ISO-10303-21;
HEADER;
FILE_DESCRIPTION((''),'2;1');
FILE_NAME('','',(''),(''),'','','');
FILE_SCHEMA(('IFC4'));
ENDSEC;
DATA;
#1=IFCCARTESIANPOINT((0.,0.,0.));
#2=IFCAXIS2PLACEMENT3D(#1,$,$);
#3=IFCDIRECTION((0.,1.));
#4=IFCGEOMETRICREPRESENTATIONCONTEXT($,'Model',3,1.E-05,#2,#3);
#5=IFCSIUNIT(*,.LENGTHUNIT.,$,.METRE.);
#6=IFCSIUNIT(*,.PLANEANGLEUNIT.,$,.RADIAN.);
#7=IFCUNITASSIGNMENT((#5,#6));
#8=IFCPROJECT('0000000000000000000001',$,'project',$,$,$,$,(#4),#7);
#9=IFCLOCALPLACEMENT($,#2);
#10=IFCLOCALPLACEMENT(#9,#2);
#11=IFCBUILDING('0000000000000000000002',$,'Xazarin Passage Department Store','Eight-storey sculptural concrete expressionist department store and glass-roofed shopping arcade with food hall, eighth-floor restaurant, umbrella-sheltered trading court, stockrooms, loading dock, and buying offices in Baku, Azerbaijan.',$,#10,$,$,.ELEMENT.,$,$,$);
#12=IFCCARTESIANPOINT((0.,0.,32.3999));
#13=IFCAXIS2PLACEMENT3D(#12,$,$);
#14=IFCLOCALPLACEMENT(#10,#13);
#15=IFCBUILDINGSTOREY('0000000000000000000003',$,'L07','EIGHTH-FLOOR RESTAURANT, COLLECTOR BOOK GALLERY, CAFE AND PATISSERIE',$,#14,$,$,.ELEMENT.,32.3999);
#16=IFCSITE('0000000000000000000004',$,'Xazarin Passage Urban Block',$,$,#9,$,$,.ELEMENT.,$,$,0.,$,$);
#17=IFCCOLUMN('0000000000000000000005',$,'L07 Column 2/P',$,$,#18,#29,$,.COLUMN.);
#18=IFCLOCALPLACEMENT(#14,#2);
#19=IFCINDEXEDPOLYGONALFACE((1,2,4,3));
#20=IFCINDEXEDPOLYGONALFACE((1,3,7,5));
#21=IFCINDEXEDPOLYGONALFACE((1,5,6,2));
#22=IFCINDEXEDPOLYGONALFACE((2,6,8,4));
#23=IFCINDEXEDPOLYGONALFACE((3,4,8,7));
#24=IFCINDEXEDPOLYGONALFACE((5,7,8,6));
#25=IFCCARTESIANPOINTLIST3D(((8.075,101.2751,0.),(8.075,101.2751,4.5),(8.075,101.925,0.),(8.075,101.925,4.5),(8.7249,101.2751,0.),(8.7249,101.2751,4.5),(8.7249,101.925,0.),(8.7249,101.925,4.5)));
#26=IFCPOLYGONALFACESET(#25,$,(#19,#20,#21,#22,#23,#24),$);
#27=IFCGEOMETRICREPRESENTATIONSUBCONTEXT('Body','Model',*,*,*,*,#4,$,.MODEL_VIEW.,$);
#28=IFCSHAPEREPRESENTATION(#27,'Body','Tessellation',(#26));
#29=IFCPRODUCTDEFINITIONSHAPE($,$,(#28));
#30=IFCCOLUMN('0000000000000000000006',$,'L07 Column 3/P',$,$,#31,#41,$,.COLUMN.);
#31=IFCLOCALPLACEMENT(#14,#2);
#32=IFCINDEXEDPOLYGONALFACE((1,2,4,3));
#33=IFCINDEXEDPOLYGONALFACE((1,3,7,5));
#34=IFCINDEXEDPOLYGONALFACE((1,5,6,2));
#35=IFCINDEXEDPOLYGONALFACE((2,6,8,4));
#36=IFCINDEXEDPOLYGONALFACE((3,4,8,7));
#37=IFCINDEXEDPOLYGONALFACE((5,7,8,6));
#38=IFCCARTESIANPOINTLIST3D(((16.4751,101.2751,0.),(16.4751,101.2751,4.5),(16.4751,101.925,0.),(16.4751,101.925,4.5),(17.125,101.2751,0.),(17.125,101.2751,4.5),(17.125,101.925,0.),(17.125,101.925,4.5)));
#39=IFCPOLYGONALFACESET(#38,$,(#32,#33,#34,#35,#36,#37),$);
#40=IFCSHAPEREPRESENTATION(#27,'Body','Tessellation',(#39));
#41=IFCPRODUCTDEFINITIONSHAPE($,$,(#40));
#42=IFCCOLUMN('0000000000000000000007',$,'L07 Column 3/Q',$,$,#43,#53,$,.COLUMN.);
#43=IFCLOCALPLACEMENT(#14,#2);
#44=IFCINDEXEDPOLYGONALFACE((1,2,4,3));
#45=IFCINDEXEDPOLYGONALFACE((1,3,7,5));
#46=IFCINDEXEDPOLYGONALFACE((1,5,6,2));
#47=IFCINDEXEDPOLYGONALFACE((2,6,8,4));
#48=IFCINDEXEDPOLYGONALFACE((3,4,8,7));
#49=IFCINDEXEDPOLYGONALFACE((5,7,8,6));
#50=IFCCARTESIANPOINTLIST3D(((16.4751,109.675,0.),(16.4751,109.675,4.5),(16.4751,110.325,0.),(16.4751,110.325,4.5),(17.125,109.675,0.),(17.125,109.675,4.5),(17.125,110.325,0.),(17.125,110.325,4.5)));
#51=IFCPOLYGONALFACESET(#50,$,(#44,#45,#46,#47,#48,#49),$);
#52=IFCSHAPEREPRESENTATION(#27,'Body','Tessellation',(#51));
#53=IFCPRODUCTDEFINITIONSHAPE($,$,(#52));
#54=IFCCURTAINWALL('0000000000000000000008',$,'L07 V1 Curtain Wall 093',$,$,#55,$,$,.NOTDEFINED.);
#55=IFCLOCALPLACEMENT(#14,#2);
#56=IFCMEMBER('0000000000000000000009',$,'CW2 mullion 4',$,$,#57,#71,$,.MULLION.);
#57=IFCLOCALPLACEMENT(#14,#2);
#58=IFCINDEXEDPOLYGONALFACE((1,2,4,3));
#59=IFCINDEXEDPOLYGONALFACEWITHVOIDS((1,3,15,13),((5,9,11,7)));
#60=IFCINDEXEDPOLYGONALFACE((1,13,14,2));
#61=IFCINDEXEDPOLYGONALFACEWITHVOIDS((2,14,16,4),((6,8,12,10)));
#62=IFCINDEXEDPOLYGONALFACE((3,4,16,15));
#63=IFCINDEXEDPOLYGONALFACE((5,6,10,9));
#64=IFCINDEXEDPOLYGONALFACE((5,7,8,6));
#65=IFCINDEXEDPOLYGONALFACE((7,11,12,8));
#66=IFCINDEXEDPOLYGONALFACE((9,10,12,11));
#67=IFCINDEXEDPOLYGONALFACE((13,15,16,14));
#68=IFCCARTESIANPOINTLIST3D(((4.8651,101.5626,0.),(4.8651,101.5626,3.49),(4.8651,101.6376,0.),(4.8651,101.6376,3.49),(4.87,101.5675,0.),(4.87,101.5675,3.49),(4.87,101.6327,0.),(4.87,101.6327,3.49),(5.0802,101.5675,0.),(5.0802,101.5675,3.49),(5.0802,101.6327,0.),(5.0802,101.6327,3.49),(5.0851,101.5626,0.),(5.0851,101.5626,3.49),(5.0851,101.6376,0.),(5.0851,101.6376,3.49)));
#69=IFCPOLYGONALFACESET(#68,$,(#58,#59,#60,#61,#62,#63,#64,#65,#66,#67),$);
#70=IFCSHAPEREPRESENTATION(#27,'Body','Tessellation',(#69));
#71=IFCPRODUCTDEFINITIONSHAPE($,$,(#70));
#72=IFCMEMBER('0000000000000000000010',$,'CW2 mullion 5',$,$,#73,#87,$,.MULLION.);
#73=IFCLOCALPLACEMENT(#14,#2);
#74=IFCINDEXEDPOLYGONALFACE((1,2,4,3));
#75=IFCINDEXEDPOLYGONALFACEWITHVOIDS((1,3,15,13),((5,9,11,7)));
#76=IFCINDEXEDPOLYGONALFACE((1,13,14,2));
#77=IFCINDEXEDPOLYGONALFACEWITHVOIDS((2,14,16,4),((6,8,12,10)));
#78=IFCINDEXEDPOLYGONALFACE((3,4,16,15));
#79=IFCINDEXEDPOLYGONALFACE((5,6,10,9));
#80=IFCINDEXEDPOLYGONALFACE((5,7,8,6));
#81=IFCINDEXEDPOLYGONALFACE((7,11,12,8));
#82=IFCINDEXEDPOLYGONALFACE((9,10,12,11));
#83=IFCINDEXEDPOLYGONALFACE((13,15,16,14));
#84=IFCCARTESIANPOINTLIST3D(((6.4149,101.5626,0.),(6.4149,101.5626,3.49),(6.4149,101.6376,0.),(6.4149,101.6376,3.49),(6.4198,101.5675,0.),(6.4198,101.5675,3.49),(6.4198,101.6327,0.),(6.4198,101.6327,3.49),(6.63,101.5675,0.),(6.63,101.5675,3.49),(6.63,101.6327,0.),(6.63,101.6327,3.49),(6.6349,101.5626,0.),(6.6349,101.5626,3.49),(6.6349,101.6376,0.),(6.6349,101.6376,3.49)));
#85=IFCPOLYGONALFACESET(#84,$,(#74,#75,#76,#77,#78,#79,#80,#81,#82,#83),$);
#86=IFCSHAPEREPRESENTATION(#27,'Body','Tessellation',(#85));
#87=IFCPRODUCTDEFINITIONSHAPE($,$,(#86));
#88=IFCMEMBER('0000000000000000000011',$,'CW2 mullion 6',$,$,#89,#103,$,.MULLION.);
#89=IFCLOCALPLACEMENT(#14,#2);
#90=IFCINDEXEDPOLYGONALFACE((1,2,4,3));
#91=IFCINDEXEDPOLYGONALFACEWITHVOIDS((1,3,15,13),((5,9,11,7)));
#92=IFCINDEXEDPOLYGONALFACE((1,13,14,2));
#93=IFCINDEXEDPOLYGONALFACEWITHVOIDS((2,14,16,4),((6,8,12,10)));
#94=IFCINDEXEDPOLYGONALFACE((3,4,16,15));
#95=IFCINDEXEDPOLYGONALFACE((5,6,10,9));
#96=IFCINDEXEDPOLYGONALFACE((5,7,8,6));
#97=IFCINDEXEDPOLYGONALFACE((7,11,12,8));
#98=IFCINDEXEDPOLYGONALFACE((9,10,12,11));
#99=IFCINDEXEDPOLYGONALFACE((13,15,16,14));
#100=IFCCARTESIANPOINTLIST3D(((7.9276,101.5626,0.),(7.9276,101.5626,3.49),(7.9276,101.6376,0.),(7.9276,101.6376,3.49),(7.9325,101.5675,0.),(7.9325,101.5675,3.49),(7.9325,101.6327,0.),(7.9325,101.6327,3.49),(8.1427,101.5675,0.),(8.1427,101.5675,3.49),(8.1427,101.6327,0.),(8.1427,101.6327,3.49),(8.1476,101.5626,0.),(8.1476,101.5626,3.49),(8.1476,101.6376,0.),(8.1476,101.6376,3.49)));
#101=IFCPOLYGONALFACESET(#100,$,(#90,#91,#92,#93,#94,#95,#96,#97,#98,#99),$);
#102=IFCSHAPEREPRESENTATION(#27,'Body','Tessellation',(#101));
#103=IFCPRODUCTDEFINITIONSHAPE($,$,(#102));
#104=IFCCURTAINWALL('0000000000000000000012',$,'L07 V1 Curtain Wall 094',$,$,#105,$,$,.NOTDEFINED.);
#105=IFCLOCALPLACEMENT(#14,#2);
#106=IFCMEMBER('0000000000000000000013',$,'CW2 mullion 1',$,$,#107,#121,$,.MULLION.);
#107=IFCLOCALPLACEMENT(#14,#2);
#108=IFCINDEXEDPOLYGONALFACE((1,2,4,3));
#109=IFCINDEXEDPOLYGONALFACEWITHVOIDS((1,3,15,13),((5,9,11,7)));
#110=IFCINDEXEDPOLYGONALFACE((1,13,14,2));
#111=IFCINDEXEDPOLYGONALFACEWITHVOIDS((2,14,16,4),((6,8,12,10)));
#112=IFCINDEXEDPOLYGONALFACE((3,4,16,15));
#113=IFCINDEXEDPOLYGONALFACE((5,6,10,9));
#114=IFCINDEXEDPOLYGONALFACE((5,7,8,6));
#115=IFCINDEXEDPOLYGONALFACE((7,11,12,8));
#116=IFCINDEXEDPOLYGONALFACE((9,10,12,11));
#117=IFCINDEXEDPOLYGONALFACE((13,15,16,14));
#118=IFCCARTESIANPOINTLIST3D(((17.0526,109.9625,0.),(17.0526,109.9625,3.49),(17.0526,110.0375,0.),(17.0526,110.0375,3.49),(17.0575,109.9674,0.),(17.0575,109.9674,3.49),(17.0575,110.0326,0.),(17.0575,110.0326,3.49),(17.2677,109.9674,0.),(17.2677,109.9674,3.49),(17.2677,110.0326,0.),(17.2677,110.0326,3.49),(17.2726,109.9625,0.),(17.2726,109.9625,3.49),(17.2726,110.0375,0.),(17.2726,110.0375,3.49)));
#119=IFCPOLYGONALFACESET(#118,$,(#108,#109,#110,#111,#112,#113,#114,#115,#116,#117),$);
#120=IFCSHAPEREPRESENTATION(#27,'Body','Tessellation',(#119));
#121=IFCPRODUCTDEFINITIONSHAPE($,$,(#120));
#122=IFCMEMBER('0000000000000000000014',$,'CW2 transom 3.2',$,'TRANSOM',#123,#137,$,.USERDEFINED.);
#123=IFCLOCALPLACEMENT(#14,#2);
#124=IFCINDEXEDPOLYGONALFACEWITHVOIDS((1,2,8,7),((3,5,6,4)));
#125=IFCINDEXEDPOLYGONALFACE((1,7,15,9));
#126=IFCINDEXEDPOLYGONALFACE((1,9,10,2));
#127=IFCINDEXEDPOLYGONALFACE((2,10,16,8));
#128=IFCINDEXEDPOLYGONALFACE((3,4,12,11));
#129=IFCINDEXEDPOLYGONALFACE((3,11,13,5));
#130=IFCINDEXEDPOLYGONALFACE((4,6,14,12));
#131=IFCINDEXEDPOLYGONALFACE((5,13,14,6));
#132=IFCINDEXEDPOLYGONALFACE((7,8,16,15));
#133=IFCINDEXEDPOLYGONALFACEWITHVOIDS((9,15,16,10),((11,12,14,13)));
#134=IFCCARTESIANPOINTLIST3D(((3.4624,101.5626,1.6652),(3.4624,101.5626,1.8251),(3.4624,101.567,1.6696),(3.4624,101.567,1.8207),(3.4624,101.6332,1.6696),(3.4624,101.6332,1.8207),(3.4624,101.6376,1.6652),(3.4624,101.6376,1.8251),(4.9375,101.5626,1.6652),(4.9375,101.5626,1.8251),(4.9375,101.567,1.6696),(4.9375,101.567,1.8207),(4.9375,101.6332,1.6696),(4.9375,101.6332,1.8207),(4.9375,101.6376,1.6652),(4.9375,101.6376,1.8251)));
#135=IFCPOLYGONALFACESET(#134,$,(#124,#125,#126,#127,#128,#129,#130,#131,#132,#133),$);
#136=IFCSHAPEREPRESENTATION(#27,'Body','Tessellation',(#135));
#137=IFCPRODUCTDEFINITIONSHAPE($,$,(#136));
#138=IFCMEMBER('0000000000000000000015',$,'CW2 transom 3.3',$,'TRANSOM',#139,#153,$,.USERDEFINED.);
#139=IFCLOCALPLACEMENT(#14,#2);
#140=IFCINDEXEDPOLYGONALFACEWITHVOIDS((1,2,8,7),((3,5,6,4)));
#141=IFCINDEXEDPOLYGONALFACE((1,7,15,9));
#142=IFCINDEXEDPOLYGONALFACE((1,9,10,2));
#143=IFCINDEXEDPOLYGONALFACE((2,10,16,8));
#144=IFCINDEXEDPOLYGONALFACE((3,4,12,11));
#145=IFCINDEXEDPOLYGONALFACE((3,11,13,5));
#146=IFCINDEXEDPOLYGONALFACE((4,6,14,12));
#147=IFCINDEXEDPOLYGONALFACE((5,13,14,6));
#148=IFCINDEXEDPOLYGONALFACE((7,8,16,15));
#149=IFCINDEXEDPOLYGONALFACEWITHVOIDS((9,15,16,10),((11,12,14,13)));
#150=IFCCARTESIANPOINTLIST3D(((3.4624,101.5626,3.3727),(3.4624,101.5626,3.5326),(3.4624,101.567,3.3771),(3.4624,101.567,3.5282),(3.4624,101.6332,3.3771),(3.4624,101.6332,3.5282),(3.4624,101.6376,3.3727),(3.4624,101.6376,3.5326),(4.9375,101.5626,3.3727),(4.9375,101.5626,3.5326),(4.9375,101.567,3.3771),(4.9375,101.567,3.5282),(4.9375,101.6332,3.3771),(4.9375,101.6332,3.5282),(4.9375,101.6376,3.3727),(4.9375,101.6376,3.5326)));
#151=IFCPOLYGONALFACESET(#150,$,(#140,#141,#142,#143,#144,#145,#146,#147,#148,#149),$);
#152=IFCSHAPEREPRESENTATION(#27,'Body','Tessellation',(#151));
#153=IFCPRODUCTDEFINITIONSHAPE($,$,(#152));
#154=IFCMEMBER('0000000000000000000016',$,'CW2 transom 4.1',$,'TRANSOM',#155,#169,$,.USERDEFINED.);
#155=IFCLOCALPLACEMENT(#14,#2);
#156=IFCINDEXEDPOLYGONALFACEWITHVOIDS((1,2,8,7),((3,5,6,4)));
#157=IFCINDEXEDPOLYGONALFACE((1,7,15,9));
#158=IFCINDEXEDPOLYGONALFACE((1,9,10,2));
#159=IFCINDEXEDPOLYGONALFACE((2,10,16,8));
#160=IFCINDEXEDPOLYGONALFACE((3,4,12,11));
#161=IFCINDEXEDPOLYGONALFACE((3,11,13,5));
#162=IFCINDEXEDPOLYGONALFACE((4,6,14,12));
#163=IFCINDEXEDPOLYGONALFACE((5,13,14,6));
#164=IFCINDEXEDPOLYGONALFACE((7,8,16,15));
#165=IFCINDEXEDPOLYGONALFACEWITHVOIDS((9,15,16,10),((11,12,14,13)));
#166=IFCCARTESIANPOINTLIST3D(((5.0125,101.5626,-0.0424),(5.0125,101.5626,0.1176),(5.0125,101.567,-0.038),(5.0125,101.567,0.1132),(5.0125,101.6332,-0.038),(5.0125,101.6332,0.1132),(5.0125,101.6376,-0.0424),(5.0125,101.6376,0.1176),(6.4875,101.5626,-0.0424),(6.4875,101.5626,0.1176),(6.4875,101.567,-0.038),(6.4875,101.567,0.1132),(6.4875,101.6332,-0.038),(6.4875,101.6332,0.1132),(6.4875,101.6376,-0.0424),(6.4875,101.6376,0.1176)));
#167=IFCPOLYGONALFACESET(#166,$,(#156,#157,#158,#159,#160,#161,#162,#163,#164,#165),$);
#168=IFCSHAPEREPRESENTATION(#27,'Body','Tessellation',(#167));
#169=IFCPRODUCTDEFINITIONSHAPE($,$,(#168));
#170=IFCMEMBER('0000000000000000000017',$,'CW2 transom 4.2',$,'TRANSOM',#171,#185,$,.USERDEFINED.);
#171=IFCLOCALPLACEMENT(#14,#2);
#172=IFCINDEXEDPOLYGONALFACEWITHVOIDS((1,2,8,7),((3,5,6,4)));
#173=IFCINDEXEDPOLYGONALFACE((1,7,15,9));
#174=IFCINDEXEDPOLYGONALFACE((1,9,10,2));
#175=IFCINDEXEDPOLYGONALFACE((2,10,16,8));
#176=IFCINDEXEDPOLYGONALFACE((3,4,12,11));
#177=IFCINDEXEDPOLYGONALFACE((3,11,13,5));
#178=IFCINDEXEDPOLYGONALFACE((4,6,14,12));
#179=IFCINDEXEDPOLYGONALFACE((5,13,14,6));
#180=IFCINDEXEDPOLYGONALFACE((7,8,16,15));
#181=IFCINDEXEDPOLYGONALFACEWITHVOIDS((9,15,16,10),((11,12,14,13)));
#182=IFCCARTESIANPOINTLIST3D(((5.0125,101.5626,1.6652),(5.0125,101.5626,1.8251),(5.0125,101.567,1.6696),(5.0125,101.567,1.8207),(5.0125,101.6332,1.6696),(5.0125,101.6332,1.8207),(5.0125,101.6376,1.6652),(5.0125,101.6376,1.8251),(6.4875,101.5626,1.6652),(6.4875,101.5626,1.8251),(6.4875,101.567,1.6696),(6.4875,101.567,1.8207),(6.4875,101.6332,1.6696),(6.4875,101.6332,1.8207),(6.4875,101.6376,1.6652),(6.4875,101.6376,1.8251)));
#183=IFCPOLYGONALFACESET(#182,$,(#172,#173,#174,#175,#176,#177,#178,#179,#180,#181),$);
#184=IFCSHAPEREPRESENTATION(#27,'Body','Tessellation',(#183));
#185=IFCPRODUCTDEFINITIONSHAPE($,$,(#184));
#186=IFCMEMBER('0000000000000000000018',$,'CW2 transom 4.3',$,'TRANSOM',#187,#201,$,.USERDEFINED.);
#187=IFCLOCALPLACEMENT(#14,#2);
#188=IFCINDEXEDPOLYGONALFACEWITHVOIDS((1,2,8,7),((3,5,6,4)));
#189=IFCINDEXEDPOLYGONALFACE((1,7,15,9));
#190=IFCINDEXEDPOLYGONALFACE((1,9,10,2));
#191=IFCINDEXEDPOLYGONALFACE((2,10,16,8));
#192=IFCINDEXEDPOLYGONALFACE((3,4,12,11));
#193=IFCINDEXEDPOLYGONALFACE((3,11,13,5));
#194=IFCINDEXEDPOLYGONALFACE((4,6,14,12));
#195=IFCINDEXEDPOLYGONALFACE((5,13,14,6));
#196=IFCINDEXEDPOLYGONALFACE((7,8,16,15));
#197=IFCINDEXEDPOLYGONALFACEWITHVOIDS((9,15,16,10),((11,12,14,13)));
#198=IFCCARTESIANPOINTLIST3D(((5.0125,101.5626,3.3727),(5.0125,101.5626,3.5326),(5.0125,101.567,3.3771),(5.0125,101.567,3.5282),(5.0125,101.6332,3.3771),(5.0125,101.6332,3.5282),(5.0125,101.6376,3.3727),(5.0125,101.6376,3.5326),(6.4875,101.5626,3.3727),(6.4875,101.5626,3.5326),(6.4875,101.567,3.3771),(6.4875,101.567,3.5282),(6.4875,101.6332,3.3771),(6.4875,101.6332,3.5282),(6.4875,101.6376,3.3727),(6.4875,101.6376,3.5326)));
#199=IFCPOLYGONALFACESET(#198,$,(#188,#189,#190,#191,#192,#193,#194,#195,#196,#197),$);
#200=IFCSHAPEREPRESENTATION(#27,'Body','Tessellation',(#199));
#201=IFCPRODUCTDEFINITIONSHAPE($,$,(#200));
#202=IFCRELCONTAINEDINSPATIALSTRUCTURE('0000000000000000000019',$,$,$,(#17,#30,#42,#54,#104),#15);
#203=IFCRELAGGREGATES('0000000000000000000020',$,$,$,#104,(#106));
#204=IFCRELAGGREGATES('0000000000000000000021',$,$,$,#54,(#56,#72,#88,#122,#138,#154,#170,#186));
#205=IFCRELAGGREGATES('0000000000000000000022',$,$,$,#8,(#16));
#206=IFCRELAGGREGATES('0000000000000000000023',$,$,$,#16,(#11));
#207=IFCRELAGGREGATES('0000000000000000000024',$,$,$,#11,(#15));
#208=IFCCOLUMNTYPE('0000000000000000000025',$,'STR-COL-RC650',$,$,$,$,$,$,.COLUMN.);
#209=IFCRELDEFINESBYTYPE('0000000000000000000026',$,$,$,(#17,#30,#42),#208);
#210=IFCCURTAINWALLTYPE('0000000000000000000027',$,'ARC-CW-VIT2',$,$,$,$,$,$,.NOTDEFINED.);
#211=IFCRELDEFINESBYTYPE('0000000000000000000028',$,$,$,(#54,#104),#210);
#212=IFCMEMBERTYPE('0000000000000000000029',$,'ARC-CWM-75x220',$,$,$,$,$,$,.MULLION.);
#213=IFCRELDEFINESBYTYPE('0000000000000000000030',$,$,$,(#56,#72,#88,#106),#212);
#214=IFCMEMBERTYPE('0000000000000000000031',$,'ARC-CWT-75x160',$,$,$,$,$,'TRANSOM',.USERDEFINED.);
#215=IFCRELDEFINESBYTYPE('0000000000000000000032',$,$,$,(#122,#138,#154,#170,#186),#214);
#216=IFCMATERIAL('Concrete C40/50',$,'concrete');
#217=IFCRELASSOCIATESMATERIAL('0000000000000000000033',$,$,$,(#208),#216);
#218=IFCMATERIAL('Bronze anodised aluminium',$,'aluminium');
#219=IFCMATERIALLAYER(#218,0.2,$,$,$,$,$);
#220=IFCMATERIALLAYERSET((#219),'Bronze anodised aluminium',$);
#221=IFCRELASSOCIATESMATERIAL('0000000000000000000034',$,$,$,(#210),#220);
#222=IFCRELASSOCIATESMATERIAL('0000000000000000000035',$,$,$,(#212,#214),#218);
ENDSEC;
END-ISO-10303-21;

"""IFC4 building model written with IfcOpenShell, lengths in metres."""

from ifc_helpers import new_model, si_unit, direction, frame, origin, origin_2d, place, context, subcontext, project, spatial, rectangle, hollow_rectangle, extrude, material, layer, layer_set, material_profile, profile_set, type_object, element, aggregate, save


model = new_model("IFC4")

# Units and contexts
model_context = context("Model", 3, precision=1e-05, world=origin(), true_north=direction((0.0, 1.0)))
body_context = subcontext(model_context, "Body", "Model", "MODEL_VIEW")
ifc_project = project(units=[si_unit("LENGTHUNIT", "METRE"), si_unit("PLANEANGLEUNIT", "RADIAN")], contexts=[model_context])

# Site, building, storey
site_placement = place(None, origin())
site = spatial("IfcSite", under=ifc_project, at=site_placement, Name="Xazarin Passage Urban Block", CompositionType="ELEMENT", RefElevation=0.0)
building_placement = place(site_placement, origin())
building = spatial("IfcBuilding", under=site, at=building_placement, Name="Xazarin Passage Department Store", Description="Eight-storey sculptural concrete expressionist department store and glass-roofed shopping arcade with food hall, eighth-floor restaurant, umbrella-sheltered trading court, stockrooms, loading dock, and buying offices in Baku, Azerbaijan.", CompositionType="ELEMENT")
storey_placement = place(building_placement, frame((0.0, 0.0, 32.3999)))
storey = spatial("IfcBuildingStorey", under=building, at=storey_placement, Name="L07", Description="EIGHTH-FLOOR RESTAURANT, COLLECTOR BOOK GALLERY, CAFE AND PATISSERIE", CompositionType="ELEMENT", Elevation=32.3999)

# Columns
ifc_material_1 = material(Name="Concrete C40/50", Category="concrete")
ifc_material_profile_1 = material_profile(ifc_material_1, rectangle(XDim=0.6499, YDim=0.6499, at=origin_2d()), Name="RC 650x650")
ifc_profile_set_1 = profile_set([ifc_material_profile_1], Name="Concrete C40/50")
column_type = type_object("IfcColumnType", Name="STR-COL-RC650", PredefinedType="COLUMN", material=ifc_profile_set_1)
for number, where, z_axis, x_axis, name in (
    (1, (8.3999, 101.6001, 0.0), (0.0, 0.0, 1.0), (1.0, 0.0, 0.0), "L07 Column 2/P"),
    (2, (16.8, 101.6001, 0.0), (0.0, 0.0, 1.0), (1.0, 0.0, 0.0), "L07 Column 3/P"),
    (3, (16.8, 110.0, 0.0), (0.0, 0.0, 1.0), (1.0, 0.0, 0.0), "L07 Column 3/Q"),
):
    element("IfcColumn", number, at=place(storey_placement, frame(where, z_axis=z_axis, x_axis=x_axis)), inside=storey, type_object=column_type, Name=name, PredefinedType="COLUMN", context=body_context, shape_type="SweptSolid", body=[
        extrude(rectangle(XDim=0.6499, YDim=0.6499, at=origin_2d()), origin(), (0.0, 0.0, 1.0), 4.5),
    ])

# Curtain wall, members
ifc_material_2 = material(Name="Bronze anodised aluminium", Category="aluminium")
ifc_layer_1 = layer(ifc_material_2, 0.2)
ifc_layer_set_1 = layer_set([ifc_layer_1], Name="Bronze anodised aluminium")
curtain_wall_type = type_object("IfcCurtainWallType", Name="ARC-CW-VIT2", PredefinedType="NOTDEFINED", material=ifc_layer_set_1)
curtain_wall_1_placement = place(storey_placement, origin())
curtain_wall_1 = element("IfcCurtainWall", 4, at=curtain_wall_1_placement, inside=storey, type_object=curtain_wall_type, Name="L07 V1 Curtain Wall 093", PredefinedType="NOTDEFINED")
ifc_material_profile_2 = material_profile(ifc_material_2, hollow_rectangle(XDim=0.075, YDim=0.22, WallThickness=0.0049, at=origin_2d()), Name="ALU 75x220")
ifc_profile_set_2 = profile_set([ifc_material_profile_2], Name="Bronze anodised aluminium")
member_type_1 = type_object("IfcMemberType", Name="ARC-CWM-75x220", PredefinedType="MULLION", material=ifc_profile_set_2)
member_1_placement = place(storey_placement, frame((4.9751, 101.6001, 0.0), z_axis=(0.0, 0.0, 1.0), x_axis=(0.0, 1.0, 0.0)))
member_1 = element("IfcMember", 5, at=member_1_placement, type_object=member_type_1, Name="CW2 mullion 4", PredefinedType="MULLION", context=body_context, shape_type="SweptSolid", body=[
    extrude(hollow_rectangle(XDim=0.075, YDim=0.22, WallThickness=0.0049, at=origin_2d()), origin(), (0.0, 0.0, 1.0), 3.49),
])
member_2_placement = place(storey_placement, frame((6.5249, 101.6001, 0.0), z_axis=(0.0, 0.0, 1.0), x_axis=(0.0, 1.0, 0.0)))
member_2 = element("IfcMember", 6, at=member_2_placement, type_object=member_type_1, Name="CW2 mullion 5", PredefinedType="MULLION", context=body_context, shape_type="SweptSolid", body=[
    extrude(hollow_rectangle(XDim=0.075, YDim=0.22, WallThickness=0.0049, at=origin_2d()), origin(), (0.0, 0.0, 1.0), 3.49),
])
member_3_placement = place(storey_placement, frame((8.0376, 101.6001, 0.0), z_axis=(0.0, 0.0, 1.0), x_axis=(0.0, 1.0, 0.0)))
member_3 = element("IfcMember", 7, at=member_3_placement, type_object=member_type_1, Name="CW2 mullion 6", PredefinedType="MULLION", context=body_context, shape_type="SweptSolid", body=[
    extrude(hollow_rectangle(XDim=0.075, YDim=0.22, WallThickness=0.0049, at=origin_2d()), origin(), (0.0, 0.0, 1.0), 3.49),
])

# Curtain wall, member
curtain_wall_2_placement = place(storey_placement, origin())
curtain_wall_2 = element("IfcCurtainWall", 8, at=curtain_wall_2_placement, inside=storey, type_object=curtain_wall_type, Name="L07 V1 Curtain Wall 094", PredefinedType="NOTDEFINED")
member_4_placement = place(storey_placement, frame((17.1626, 110.0, 0.0), z_axis=(0.0, 0.0, 1.0), x_axis=(0.0, 1.0, 0.0)))
member_4 = element("IfcMember", 9, at=member_4_placement, type_object=member_type_1, Name="CW2 mullion 1", PredefinedType="MULLION", context=body_context, shape_type="SweptSolid", body=[
    extrude(hollow_rectangle(XDim=0.075, YDim=0.22, WallThickness=0.0049, at=origin_2d()), origin(), (0.0, 0.0, 1.0), 3.49),
])

# Members
ifc_material_profile_3 = material_profile(ifc_material_2, hollow_rectangle(XDim=0.075, YDim=0.1599, WallThickness=0.0044, at=origin_2d()), Name="ALU 75x160")
ifc_profile_set_3 = profile_set([ifc_material_profile_3], Name="Bronze anodised aluminium")
member_type_2 = type_object("IfcMemberType", Name="ARC-CWT-75x160", ElementType="TRANSOM", PredefinedType="USERDEFINED", material=ifc_profile_set_3)
member_5_placement = place(storey_placement, frame((3.4624, 101.6001, 1.7451), z_axis=(1.0, 0.0, 0.0), x_axis=(0.0, 1.0, 0.0)))
member_5 = element("IfcMember", 10, at=member_5_placement, type_object=member_type_2, Name="CW2 transom 3.2", ObjectType="TRANSOM", PredefinedType="USERDEFINED", context=body_context, shape_type="SweptSolid", body=[
    extrude(hollow_rectangle(XDim=0.075, YDim=0.1599, WallThickness=0.0044, at=origin_2d()), origin(), (0.0, 0.0, 1.0), 1.4751),
])
member_6_placement = place(storey_placement, frame((3.4624, 101.6001, 3.4526), z_axis=(1.0, 0.0, 0.0), x_axis=(0.0, 1.0, 0.0)))
member_6 = element("IfcMember", 11, at=member_6_placement, type_object=member_type_2, Name="CW2 transom 3.3", ObjectType="TRANSOM", PredefinedType="USERDEFINED", context=body_context, shape_type="SweptSolid", body=[
    extrude(hollow_rectangle(XDim=0.075, YDim=0.1599, WallThickness=0.0044, at=origin_2d()), origin(), (0.0, 0.0, 1.0), 1.4751),
])
member_7_placement = place(storey_placement, frame((5.0125, 101.6001, 0.0376), z_axis=(1.0, 0.0, 0.0), x_axis=(0.0, 1.0, 0.0)))
member_7 = element("IfcMember", 12, at=member_7_placement, type_object=member_type_2, Name="CW2 transom 4.1", ObjectType="TRANSOM", PredefinedType="USERDEFINED", context=body_context, shape_type="SweptSolid", body=[
    extrude(hollow_rectangle(XDim=0.075, YDim=0.1599, WallThickness=0.0044, at=origin_2d()), origin(), (0.0, 0.0, 1.0), 1.4751),
])
member_8_placement = place(storey_placement, frame((5.0125, 101.6001, 1.7451), z_axis=(1.0, 0.0, 0.0), x_axis=(0.0, 1.0, 0.0)))
member_8 = element("IfcMember", 13, at=member_8_placement, type_object=member_type_2, Name="CW2 transom 4.2", ObjectType="TRANSOM", PredefinedType="USERDEFINED", context=body_context, shape_type="SweptSolid", body=[
    extrude(hollow_rectangle(XDim=0.075, YDim=0.1599, WallThickness=0.0044, at=origin_2d()), origin(), (0.0, 0.0, 1.0), 1.4751),
])
member_9_placement = place(storey_placement, frame((5.0125, 101.6001, 3.4526), z_axis=(1.0, 0.0, 0.0), x_axis=(0.0, 1.0, 0.0)))
member_9 = element("IfcMember", 14, at=member_9_placement, type_object=member_type_2, Name="CW2 transom 4.3", ObjectType="TRANSOM", PredefinedType="USERDEFINED", context=body_context, shape_type="SweptSolid", body=[
    extrude(hollow_rectangle(XDim=0.075, YDim=0.1599, WallThickness=0.0044, at=origin_2d()), origin(), (0.0, 0.0, 1.0), 1.4751),
])
aggregate(curtain_wall_2, [member_4])

aggregate(curtain_wall_1, [member_1, member_2, member_3, member_5, member_6, member_7, member_8, member_9])

save(model, "model.ifc")
